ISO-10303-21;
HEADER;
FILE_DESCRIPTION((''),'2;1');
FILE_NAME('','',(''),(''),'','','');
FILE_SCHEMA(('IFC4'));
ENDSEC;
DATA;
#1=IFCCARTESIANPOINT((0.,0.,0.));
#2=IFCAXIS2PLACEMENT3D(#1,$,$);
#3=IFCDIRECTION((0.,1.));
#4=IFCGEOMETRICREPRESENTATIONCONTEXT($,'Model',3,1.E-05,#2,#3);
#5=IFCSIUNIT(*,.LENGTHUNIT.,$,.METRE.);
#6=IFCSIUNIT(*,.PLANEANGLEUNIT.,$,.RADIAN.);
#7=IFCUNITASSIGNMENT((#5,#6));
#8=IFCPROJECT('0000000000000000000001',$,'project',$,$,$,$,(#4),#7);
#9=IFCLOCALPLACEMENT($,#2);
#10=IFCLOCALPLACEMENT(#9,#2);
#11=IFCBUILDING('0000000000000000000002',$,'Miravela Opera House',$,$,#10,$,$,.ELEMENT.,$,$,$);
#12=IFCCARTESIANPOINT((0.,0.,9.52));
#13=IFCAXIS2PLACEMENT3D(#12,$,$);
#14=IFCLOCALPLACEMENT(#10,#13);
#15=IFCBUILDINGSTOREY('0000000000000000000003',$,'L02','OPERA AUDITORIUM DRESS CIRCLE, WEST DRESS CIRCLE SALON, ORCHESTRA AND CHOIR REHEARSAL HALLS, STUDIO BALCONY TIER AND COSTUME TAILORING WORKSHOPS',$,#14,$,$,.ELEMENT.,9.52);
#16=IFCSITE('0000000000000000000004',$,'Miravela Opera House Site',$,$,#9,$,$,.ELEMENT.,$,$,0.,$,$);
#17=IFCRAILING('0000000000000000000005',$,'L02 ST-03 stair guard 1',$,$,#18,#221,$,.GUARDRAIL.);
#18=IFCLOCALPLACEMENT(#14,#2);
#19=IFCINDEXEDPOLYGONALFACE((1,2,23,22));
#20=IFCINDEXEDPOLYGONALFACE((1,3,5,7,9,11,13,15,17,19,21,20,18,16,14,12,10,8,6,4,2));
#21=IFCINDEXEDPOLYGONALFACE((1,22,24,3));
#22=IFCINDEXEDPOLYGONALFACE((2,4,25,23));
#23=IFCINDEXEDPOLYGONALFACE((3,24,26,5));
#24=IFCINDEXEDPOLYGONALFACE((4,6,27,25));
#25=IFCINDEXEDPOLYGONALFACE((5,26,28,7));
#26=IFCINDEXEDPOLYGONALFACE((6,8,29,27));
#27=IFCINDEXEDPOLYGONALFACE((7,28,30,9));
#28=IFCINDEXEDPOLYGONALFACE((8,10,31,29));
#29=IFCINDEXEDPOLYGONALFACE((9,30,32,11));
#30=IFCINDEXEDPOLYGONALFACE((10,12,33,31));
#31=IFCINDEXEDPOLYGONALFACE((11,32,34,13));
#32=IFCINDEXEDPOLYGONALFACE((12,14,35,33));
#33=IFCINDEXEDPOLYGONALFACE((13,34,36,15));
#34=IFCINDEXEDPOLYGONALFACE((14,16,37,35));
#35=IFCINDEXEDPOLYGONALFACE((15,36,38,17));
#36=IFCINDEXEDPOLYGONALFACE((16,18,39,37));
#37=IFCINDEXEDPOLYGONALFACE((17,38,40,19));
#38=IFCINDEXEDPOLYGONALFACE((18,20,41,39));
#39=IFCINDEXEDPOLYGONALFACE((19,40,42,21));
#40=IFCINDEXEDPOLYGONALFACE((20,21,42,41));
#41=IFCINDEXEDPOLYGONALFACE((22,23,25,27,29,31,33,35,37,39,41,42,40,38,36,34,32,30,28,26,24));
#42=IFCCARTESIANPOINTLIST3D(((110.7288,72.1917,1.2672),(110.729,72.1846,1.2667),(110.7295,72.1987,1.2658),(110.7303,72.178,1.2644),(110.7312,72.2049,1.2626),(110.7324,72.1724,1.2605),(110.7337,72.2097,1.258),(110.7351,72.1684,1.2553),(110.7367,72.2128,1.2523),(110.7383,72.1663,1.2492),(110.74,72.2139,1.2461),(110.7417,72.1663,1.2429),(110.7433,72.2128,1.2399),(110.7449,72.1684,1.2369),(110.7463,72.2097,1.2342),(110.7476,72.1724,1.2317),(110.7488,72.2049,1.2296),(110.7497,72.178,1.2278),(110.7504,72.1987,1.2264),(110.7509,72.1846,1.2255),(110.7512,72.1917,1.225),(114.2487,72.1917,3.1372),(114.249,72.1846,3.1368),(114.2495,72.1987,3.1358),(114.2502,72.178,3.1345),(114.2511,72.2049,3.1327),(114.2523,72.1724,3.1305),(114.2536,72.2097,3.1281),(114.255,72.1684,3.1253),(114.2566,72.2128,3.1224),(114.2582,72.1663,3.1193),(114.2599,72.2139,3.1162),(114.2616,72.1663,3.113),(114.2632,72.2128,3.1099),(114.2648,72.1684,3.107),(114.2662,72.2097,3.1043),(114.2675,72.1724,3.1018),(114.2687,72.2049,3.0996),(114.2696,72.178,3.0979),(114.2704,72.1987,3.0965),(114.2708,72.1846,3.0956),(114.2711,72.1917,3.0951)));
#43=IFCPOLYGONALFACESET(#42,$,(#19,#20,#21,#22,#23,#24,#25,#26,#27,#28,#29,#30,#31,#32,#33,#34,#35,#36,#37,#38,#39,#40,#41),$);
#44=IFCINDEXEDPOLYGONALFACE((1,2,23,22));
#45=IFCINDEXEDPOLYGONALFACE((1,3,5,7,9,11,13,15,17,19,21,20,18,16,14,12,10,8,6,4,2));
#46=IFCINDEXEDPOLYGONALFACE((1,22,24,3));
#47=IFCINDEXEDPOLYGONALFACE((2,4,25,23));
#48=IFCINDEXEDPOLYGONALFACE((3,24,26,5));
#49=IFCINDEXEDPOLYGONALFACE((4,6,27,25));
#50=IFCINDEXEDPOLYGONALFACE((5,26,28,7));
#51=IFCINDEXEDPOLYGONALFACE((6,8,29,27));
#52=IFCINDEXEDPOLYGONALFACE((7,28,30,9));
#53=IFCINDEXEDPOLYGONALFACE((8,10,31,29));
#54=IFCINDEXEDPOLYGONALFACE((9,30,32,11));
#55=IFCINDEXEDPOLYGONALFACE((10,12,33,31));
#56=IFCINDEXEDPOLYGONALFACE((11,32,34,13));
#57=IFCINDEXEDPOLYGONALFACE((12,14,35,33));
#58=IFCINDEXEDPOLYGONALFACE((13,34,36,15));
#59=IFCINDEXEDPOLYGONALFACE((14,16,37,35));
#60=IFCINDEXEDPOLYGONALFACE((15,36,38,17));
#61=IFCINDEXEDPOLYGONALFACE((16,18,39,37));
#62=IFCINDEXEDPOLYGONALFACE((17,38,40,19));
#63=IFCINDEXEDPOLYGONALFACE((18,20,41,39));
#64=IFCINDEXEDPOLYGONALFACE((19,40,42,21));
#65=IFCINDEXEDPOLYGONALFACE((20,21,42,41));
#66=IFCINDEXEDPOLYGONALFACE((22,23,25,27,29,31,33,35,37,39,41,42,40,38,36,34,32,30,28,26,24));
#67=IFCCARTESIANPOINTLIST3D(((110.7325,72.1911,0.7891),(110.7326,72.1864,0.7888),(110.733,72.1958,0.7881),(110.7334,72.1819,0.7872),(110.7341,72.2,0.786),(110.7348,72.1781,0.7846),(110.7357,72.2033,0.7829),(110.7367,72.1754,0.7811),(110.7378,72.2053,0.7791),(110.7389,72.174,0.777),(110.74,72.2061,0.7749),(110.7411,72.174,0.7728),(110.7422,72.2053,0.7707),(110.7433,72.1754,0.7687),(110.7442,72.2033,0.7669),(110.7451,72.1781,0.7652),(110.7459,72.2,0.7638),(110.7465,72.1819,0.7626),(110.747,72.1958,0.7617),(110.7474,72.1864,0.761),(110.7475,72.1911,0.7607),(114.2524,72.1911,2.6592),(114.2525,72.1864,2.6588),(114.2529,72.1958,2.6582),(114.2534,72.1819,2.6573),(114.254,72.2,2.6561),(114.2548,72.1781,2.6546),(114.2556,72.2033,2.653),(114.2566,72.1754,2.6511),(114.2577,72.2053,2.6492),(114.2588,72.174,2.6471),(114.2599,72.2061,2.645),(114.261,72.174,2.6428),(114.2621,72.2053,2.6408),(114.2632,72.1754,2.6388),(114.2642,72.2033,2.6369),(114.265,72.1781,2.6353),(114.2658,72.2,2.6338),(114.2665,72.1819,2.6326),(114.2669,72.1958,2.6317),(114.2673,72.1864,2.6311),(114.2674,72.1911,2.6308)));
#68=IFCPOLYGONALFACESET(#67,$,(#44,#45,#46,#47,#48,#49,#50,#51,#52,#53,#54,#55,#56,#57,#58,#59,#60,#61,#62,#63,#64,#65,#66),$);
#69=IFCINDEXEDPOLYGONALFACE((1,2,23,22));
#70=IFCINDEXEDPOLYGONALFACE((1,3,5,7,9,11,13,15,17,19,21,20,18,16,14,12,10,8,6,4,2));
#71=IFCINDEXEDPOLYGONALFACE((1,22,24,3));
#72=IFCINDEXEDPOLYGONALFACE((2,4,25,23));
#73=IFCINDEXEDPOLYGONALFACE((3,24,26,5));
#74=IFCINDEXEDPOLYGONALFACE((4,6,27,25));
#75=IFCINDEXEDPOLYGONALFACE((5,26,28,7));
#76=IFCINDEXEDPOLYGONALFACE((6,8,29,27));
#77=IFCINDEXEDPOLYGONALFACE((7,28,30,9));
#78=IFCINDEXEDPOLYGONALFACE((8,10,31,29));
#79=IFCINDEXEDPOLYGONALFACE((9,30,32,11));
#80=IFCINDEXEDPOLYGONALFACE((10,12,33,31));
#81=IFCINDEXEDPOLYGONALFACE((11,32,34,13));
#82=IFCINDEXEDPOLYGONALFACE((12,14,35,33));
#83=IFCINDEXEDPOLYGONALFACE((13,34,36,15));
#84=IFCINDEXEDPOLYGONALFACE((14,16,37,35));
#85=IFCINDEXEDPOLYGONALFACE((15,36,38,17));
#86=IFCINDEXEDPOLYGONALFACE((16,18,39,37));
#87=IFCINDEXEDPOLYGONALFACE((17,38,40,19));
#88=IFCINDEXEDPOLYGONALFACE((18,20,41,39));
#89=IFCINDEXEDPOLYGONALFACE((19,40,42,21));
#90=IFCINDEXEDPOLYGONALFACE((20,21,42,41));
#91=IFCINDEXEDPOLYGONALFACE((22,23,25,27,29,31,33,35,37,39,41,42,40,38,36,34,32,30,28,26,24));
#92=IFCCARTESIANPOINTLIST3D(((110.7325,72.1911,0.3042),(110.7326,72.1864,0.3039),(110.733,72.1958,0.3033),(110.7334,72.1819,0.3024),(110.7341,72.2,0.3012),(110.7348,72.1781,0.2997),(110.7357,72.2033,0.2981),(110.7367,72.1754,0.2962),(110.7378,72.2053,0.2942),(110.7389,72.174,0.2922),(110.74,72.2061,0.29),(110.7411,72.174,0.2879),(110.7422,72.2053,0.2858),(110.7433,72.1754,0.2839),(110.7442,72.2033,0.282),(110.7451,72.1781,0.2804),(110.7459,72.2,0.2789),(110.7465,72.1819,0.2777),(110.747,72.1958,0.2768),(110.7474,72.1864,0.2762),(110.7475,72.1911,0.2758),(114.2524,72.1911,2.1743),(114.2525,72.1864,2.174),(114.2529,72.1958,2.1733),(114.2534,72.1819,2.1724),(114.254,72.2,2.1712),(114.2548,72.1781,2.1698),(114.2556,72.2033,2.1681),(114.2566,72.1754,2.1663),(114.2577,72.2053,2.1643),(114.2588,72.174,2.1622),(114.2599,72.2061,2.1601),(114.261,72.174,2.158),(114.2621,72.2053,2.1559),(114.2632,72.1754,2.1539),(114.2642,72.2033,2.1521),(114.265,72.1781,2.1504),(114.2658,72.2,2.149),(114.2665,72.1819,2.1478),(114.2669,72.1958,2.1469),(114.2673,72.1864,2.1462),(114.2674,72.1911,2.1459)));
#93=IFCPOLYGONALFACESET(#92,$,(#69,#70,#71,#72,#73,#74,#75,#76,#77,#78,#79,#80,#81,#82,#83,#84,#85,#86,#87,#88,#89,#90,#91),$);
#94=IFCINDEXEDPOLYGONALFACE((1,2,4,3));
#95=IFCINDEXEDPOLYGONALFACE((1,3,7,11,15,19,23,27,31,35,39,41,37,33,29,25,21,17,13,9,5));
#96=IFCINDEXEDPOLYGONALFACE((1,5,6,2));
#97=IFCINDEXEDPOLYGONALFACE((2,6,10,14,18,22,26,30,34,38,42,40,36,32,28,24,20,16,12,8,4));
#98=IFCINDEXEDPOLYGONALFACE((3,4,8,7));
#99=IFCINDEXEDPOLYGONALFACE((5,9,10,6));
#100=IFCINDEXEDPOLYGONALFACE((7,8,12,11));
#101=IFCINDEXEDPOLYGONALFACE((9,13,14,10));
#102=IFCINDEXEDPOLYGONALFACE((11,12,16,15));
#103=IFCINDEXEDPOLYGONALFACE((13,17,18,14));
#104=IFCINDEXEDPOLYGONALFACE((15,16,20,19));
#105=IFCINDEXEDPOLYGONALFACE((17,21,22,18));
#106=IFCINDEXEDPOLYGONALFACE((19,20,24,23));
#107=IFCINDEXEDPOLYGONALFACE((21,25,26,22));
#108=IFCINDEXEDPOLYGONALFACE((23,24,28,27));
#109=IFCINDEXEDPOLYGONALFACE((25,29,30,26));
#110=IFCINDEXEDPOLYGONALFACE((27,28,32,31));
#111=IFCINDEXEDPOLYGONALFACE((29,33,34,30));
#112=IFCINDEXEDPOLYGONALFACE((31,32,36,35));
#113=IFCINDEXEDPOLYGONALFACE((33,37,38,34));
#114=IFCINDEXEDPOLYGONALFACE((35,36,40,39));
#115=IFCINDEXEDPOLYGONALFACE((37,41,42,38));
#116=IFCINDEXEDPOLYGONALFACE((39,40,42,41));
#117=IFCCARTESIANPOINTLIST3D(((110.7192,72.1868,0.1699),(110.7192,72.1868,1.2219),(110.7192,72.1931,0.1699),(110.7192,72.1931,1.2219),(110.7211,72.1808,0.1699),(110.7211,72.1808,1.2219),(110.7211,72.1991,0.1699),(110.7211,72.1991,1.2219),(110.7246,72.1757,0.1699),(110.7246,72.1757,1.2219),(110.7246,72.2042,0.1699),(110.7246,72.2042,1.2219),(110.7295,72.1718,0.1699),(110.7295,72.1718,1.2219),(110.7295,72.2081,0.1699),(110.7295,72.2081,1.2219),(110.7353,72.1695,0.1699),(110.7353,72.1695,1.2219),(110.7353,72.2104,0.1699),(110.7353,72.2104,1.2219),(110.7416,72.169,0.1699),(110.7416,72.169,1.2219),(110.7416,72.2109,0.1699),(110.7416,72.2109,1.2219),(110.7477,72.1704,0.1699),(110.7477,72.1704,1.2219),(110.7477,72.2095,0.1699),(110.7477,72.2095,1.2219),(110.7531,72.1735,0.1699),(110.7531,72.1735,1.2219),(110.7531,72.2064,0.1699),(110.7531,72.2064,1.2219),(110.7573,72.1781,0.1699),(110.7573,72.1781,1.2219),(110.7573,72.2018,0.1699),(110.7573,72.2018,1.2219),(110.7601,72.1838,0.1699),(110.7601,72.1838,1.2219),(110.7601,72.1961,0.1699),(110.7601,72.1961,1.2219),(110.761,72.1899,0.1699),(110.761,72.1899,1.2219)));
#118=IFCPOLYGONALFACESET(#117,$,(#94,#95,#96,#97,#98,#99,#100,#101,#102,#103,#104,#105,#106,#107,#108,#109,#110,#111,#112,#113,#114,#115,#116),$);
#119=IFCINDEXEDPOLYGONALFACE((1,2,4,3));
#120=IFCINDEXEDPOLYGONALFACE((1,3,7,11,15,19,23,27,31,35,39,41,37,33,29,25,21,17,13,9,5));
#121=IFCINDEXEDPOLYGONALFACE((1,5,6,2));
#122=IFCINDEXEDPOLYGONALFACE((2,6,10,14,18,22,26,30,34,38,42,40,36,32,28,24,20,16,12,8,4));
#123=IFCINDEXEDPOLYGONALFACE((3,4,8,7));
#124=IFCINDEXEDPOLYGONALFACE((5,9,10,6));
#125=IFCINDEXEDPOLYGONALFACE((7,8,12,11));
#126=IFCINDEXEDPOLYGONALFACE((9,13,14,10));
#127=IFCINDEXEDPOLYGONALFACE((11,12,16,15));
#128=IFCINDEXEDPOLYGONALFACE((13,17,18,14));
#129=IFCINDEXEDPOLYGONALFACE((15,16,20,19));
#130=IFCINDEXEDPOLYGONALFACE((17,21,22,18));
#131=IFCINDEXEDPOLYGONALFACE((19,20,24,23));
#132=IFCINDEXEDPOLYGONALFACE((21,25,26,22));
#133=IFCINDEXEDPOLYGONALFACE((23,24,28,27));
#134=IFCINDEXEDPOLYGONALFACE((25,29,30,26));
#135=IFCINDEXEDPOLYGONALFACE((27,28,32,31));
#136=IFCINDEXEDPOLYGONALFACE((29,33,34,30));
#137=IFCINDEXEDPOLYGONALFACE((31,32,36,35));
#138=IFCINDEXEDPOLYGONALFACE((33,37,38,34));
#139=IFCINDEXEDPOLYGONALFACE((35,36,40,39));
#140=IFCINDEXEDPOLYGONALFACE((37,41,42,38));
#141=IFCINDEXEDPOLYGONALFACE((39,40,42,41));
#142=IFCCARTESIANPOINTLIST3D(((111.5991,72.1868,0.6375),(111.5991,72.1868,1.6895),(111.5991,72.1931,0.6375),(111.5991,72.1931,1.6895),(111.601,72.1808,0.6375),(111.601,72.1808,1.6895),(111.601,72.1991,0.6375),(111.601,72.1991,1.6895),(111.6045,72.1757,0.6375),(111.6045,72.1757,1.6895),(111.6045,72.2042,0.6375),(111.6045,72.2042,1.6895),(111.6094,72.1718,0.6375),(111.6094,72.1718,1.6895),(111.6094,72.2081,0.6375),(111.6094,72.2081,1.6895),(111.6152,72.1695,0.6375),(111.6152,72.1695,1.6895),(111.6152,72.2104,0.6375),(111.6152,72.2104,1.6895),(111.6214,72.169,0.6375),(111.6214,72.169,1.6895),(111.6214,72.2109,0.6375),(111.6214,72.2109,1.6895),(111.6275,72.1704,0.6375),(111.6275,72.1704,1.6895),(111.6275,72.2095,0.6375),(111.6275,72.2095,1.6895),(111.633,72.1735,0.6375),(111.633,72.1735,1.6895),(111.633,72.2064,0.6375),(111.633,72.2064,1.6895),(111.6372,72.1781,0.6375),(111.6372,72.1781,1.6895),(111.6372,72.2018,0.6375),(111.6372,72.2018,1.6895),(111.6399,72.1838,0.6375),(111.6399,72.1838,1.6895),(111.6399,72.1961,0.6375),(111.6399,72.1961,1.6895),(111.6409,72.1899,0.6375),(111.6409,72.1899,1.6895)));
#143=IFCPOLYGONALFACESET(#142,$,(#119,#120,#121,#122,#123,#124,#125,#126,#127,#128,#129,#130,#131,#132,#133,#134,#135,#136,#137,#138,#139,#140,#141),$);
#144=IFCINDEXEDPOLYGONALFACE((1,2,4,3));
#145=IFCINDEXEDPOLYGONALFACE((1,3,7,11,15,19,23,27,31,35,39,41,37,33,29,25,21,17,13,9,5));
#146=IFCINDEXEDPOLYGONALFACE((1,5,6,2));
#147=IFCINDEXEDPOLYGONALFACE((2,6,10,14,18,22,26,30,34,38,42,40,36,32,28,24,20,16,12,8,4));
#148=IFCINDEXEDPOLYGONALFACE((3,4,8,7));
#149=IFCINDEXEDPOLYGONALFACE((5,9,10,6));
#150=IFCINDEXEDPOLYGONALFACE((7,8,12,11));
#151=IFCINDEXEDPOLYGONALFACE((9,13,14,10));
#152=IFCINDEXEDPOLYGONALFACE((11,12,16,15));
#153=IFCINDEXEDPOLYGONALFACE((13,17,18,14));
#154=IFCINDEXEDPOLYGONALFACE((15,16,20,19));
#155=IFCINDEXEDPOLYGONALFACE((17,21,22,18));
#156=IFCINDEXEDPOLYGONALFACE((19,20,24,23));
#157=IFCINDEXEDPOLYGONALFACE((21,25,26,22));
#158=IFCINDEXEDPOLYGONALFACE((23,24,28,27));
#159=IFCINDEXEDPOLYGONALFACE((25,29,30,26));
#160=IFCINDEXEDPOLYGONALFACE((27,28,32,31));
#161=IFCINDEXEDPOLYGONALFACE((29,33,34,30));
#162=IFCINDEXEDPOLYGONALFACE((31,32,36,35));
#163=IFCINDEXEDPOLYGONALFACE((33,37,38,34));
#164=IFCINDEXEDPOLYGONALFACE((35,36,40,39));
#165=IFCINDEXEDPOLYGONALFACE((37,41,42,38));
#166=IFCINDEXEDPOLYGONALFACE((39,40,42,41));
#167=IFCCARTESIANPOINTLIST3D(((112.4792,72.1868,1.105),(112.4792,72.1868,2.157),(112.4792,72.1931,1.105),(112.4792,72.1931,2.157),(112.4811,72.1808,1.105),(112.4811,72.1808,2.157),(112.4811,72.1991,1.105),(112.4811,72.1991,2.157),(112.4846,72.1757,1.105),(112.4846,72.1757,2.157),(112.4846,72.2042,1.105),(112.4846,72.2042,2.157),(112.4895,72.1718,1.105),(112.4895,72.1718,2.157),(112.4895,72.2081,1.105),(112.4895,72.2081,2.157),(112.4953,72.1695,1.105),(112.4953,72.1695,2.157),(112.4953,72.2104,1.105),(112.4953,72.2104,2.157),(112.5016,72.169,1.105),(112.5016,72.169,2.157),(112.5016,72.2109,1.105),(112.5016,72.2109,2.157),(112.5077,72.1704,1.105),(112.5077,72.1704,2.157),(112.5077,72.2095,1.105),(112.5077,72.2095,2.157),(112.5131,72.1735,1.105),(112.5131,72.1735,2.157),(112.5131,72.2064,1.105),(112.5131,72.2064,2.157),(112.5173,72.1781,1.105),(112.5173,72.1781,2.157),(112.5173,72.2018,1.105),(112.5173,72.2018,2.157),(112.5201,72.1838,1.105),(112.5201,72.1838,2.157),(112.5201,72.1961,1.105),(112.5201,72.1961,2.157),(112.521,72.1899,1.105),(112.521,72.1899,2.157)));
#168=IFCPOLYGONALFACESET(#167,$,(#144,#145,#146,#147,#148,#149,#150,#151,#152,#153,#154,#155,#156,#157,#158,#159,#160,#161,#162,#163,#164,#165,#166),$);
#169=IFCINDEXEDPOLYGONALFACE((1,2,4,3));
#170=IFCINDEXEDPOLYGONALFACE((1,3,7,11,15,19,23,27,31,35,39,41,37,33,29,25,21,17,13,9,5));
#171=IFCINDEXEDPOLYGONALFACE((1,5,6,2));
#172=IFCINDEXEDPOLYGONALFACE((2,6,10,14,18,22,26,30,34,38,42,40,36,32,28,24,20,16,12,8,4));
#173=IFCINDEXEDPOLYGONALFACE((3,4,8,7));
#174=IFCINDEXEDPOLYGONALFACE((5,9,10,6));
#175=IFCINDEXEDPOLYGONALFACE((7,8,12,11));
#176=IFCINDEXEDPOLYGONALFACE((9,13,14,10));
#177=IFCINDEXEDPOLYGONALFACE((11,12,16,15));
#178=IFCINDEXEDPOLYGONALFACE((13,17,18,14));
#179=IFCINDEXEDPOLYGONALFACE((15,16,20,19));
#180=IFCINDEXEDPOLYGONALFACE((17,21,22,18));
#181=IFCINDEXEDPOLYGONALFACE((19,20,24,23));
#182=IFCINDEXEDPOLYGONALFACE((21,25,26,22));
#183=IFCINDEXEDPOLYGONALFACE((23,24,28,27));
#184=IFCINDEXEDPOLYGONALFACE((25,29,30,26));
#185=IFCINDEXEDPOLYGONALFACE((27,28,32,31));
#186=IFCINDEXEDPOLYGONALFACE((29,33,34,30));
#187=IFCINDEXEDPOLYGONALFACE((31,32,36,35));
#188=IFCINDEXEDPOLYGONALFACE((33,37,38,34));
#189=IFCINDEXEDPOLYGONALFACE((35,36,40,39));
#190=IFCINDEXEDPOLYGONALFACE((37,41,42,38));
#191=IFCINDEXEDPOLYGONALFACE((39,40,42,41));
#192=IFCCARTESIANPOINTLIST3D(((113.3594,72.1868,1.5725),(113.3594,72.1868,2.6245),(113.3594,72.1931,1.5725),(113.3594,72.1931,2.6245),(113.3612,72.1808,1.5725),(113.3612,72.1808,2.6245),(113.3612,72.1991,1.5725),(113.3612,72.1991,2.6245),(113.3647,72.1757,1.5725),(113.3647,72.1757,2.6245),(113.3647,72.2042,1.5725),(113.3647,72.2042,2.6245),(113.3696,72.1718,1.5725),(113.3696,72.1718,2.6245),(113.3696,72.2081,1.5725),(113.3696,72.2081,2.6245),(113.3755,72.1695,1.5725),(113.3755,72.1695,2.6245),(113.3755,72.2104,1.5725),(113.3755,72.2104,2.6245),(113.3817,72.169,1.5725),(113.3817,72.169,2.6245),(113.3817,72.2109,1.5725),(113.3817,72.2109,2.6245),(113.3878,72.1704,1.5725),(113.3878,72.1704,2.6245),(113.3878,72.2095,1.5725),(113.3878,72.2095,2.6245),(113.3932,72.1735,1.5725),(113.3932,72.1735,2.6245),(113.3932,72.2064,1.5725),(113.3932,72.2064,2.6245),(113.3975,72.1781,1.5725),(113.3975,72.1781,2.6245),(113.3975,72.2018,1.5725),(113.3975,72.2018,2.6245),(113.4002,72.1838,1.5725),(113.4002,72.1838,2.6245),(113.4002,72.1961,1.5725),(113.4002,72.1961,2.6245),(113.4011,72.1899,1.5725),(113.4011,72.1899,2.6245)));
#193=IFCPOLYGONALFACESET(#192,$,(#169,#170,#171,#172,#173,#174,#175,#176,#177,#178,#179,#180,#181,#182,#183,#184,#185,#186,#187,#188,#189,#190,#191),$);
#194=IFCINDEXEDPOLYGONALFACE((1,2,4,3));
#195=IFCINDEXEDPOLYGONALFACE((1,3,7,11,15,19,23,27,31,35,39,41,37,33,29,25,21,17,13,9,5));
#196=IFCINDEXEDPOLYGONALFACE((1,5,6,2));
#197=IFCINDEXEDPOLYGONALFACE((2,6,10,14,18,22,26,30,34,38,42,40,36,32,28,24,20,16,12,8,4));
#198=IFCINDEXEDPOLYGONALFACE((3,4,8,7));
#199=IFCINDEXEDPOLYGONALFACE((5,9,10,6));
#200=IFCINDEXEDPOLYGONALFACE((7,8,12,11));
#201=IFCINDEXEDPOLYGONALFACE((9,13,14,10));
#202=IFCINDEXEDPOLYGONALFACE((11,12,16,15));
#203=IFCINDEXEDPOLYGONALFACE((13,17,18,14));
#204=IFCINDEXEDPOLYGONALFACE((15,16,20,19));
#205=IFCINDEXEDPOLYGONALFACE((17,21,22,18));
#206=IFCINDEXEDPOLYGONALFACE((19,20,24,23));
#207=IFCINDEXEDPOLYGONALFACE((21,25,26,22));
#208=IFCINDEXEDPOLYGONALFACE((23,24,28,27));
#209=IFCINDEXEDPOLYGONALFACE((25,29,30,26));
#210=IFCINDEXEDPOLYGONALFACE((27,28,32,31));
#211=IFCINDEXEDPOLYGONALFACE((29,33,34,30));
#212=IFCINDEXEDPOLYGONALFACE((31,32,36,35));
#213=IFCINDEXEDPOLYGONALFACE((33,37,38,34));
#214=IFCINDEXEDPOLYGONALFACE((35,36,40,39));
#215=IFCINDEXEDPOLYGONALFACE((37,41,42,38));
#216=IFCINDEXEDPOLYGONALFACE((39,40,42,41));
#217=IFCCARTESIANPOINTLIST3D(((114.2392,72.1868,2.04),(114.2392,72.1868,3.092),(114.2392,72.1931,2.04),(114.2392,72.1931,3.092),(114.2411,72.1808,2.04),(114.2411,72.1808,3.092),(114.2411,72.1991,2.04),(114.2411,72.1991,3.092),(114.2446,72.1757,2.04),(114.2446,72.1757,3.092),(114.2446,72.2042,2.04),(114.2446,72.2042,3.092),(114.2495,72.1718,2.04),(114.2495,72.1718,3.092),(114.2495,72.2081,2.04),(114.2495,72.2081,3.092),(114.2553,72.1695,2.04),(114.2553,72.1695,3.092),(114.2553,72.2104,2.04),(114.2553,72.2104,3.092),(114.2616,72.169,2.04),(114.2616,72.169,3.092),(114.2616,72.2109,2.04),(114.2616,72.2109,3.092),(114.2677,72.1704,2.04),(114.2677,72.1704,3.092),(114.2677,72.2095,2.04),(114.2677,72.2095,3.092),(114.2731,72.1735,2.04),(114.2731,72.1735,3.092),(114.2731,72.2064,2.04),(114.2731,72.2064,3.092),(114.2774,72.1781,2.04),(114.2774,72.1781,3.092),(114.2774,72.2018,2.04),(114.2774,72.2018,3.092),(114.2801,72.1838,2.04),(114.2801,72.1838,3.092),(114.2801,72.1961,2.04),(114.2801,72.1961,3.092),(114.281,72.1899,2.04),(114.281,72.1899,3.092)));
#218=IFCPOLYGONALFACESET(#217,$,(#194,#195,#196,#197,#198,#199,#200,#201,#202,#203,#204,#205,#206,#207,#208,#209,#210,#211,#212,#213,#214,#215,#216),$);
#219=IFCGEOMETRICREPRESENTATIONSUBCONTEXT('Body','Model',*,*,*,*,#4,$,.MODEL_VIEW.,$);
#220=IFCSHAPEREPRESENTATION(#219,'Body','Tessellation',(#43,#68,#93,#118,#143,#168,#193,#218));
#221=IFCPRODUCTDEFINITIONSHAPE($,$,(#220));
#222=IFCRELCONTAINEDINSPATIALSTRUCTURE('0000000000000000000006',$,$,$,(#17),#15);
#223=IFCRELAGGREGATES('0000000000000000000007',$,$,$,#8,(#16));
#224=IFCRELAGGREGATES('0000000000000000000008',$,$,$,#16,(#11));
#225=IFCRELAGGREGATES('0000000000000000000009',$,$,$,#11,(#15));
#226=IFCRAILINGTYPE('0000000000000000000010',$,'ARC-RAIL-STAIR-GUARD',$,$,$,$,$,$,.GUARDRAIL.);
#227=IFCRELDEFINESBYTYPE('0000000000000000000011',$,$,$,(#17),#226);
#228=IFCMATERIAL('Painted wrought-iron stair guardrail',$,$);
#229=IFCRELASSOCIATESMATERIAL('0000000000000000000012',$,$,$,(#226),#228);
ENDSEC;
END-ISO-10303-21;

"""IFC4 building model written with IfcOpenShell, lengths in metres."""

from ifc_helpers import new_model, si_unit, direction, frame, origin, origin_2d, place, context, subcontext, project, spatial, circle, extrude, material, type_object, element, save


model = new_model("IFC4")

# Units and contexts
model_context = context("Model", 3, precision=1e-05, world=origin(), true_north=direction((0.0, 1.0)))
body_context = subcontext(model_context, "Body", "Model", "MODEL_VIEW")
ifc_project = project(units=[si_unit("LENGTHUNIT", "METRE"), si_unit("PLANEANGLEUNIT", "RADIAN")], contexts=[model_context])

# Site, building, storey
site_placement = place(None, origin())
site = spatial("IfcSite", under=ifc_project, at=site_placement, Name="Miravela Opera House Site", CompositionType="ELEMENT", RefElevation=0.0)
building_placement = place(site_placement, origin())
building = spatial("IfcBuilding", under=site, at=building_placement, Name="Miravela Opera House", CompositionType="ELEMENT")
storey_placement = place(building_placement, frame((0.0, 0.0, 9.52)))
storey = spatial("IfcBuildingStorey", under=building, at=storey_placement, Name="L02", Description="OPERA AUDITORIUM DRESS CIRCLE, WEST DRESS CIRCLE SALON, ORCHESTRA AND CHOIR REHEARSAL HALLS, STUDIO BALCONY TIER AND COSTUME TAILORING WORKSHOPS", CompositionType="ELEMENT", Elevation=9.52)

# Railing
ifc_material_1 = material(Name="Painted wrought-iron stair guardrail")
railing_type_1 = type_object("IfcRailingType", Name="ARC-RAIL-STAIR-GUARD", PredefinedType="GUARDRAIL", material=ifc_material_1)
railing_1_placement = place(storey_placement, frame((110.74, 72.1899, 0.1699)))
element("IfcRailing", 1, at=railing_1_placement, inside=storey, type_object=railing_type_1, Name="L02 ST-03 stair guard 1", PredefinedType="GUARDRAIL", context=body_context, shape_type="SweptSolid", body=[
    extrude(circle(Radius=0.0239, at=origin_2d()), frame((0.0, 0.0, 1.0762), z_axis=(0.883105, 0.0, 0.469176), x_axis=(0.0, 1.0, 0.0)), (0.0, 0.0, 1.0), 3.9858),
    extrude(circle(Radius=0.0161, at=origin_2d()), frame((0.0, 0.0, 0.605), z_axis=(0.883105, 0.0, 0.469176), x_axis=(0.0, 1.0, 0.0)), (0.0, 0.0, 1.0), 3.9858),
    extrude(circle(Radius=0.0161, at=origin_2d()), frame((0.0, 0.0, 0.1201), z_axis=(0.883105, 0.0, 0.469176), x_axis=(0.0, 1.0, 0.0)), (0.0, 0.0, 1.0), 3.9858),
    extrude(circle(Radius=0.021, at=origin_2d()), origin(), (0.0, 0.0, 1.0), 1.052),
    extrude(circle(Radius=0.021, at=origin_2d()), frame((0.8799, 0.0, 0.4675)), (0.0, 0.0, 1.0), 1.052),
    extrude(circle(Radius=0.021, at=origin_2d()), frame((1.76, 0.0, 0.9351)), (0.0, 0.0, 1.0), 1.052),
    extrude(circle(Radius=0.021, at=origin_2d()), frame((2.6401, 0.0, 1.4026)), (0.0, 0.0, 1.0), 1.052),
    extrude(circle(Radius=0.021, at=origin_2d()), frame((3.52, 0.0, 1.8701)), (0.0, 0.0, 1.0), 1.052),
])

save(model, "model.ifc")
